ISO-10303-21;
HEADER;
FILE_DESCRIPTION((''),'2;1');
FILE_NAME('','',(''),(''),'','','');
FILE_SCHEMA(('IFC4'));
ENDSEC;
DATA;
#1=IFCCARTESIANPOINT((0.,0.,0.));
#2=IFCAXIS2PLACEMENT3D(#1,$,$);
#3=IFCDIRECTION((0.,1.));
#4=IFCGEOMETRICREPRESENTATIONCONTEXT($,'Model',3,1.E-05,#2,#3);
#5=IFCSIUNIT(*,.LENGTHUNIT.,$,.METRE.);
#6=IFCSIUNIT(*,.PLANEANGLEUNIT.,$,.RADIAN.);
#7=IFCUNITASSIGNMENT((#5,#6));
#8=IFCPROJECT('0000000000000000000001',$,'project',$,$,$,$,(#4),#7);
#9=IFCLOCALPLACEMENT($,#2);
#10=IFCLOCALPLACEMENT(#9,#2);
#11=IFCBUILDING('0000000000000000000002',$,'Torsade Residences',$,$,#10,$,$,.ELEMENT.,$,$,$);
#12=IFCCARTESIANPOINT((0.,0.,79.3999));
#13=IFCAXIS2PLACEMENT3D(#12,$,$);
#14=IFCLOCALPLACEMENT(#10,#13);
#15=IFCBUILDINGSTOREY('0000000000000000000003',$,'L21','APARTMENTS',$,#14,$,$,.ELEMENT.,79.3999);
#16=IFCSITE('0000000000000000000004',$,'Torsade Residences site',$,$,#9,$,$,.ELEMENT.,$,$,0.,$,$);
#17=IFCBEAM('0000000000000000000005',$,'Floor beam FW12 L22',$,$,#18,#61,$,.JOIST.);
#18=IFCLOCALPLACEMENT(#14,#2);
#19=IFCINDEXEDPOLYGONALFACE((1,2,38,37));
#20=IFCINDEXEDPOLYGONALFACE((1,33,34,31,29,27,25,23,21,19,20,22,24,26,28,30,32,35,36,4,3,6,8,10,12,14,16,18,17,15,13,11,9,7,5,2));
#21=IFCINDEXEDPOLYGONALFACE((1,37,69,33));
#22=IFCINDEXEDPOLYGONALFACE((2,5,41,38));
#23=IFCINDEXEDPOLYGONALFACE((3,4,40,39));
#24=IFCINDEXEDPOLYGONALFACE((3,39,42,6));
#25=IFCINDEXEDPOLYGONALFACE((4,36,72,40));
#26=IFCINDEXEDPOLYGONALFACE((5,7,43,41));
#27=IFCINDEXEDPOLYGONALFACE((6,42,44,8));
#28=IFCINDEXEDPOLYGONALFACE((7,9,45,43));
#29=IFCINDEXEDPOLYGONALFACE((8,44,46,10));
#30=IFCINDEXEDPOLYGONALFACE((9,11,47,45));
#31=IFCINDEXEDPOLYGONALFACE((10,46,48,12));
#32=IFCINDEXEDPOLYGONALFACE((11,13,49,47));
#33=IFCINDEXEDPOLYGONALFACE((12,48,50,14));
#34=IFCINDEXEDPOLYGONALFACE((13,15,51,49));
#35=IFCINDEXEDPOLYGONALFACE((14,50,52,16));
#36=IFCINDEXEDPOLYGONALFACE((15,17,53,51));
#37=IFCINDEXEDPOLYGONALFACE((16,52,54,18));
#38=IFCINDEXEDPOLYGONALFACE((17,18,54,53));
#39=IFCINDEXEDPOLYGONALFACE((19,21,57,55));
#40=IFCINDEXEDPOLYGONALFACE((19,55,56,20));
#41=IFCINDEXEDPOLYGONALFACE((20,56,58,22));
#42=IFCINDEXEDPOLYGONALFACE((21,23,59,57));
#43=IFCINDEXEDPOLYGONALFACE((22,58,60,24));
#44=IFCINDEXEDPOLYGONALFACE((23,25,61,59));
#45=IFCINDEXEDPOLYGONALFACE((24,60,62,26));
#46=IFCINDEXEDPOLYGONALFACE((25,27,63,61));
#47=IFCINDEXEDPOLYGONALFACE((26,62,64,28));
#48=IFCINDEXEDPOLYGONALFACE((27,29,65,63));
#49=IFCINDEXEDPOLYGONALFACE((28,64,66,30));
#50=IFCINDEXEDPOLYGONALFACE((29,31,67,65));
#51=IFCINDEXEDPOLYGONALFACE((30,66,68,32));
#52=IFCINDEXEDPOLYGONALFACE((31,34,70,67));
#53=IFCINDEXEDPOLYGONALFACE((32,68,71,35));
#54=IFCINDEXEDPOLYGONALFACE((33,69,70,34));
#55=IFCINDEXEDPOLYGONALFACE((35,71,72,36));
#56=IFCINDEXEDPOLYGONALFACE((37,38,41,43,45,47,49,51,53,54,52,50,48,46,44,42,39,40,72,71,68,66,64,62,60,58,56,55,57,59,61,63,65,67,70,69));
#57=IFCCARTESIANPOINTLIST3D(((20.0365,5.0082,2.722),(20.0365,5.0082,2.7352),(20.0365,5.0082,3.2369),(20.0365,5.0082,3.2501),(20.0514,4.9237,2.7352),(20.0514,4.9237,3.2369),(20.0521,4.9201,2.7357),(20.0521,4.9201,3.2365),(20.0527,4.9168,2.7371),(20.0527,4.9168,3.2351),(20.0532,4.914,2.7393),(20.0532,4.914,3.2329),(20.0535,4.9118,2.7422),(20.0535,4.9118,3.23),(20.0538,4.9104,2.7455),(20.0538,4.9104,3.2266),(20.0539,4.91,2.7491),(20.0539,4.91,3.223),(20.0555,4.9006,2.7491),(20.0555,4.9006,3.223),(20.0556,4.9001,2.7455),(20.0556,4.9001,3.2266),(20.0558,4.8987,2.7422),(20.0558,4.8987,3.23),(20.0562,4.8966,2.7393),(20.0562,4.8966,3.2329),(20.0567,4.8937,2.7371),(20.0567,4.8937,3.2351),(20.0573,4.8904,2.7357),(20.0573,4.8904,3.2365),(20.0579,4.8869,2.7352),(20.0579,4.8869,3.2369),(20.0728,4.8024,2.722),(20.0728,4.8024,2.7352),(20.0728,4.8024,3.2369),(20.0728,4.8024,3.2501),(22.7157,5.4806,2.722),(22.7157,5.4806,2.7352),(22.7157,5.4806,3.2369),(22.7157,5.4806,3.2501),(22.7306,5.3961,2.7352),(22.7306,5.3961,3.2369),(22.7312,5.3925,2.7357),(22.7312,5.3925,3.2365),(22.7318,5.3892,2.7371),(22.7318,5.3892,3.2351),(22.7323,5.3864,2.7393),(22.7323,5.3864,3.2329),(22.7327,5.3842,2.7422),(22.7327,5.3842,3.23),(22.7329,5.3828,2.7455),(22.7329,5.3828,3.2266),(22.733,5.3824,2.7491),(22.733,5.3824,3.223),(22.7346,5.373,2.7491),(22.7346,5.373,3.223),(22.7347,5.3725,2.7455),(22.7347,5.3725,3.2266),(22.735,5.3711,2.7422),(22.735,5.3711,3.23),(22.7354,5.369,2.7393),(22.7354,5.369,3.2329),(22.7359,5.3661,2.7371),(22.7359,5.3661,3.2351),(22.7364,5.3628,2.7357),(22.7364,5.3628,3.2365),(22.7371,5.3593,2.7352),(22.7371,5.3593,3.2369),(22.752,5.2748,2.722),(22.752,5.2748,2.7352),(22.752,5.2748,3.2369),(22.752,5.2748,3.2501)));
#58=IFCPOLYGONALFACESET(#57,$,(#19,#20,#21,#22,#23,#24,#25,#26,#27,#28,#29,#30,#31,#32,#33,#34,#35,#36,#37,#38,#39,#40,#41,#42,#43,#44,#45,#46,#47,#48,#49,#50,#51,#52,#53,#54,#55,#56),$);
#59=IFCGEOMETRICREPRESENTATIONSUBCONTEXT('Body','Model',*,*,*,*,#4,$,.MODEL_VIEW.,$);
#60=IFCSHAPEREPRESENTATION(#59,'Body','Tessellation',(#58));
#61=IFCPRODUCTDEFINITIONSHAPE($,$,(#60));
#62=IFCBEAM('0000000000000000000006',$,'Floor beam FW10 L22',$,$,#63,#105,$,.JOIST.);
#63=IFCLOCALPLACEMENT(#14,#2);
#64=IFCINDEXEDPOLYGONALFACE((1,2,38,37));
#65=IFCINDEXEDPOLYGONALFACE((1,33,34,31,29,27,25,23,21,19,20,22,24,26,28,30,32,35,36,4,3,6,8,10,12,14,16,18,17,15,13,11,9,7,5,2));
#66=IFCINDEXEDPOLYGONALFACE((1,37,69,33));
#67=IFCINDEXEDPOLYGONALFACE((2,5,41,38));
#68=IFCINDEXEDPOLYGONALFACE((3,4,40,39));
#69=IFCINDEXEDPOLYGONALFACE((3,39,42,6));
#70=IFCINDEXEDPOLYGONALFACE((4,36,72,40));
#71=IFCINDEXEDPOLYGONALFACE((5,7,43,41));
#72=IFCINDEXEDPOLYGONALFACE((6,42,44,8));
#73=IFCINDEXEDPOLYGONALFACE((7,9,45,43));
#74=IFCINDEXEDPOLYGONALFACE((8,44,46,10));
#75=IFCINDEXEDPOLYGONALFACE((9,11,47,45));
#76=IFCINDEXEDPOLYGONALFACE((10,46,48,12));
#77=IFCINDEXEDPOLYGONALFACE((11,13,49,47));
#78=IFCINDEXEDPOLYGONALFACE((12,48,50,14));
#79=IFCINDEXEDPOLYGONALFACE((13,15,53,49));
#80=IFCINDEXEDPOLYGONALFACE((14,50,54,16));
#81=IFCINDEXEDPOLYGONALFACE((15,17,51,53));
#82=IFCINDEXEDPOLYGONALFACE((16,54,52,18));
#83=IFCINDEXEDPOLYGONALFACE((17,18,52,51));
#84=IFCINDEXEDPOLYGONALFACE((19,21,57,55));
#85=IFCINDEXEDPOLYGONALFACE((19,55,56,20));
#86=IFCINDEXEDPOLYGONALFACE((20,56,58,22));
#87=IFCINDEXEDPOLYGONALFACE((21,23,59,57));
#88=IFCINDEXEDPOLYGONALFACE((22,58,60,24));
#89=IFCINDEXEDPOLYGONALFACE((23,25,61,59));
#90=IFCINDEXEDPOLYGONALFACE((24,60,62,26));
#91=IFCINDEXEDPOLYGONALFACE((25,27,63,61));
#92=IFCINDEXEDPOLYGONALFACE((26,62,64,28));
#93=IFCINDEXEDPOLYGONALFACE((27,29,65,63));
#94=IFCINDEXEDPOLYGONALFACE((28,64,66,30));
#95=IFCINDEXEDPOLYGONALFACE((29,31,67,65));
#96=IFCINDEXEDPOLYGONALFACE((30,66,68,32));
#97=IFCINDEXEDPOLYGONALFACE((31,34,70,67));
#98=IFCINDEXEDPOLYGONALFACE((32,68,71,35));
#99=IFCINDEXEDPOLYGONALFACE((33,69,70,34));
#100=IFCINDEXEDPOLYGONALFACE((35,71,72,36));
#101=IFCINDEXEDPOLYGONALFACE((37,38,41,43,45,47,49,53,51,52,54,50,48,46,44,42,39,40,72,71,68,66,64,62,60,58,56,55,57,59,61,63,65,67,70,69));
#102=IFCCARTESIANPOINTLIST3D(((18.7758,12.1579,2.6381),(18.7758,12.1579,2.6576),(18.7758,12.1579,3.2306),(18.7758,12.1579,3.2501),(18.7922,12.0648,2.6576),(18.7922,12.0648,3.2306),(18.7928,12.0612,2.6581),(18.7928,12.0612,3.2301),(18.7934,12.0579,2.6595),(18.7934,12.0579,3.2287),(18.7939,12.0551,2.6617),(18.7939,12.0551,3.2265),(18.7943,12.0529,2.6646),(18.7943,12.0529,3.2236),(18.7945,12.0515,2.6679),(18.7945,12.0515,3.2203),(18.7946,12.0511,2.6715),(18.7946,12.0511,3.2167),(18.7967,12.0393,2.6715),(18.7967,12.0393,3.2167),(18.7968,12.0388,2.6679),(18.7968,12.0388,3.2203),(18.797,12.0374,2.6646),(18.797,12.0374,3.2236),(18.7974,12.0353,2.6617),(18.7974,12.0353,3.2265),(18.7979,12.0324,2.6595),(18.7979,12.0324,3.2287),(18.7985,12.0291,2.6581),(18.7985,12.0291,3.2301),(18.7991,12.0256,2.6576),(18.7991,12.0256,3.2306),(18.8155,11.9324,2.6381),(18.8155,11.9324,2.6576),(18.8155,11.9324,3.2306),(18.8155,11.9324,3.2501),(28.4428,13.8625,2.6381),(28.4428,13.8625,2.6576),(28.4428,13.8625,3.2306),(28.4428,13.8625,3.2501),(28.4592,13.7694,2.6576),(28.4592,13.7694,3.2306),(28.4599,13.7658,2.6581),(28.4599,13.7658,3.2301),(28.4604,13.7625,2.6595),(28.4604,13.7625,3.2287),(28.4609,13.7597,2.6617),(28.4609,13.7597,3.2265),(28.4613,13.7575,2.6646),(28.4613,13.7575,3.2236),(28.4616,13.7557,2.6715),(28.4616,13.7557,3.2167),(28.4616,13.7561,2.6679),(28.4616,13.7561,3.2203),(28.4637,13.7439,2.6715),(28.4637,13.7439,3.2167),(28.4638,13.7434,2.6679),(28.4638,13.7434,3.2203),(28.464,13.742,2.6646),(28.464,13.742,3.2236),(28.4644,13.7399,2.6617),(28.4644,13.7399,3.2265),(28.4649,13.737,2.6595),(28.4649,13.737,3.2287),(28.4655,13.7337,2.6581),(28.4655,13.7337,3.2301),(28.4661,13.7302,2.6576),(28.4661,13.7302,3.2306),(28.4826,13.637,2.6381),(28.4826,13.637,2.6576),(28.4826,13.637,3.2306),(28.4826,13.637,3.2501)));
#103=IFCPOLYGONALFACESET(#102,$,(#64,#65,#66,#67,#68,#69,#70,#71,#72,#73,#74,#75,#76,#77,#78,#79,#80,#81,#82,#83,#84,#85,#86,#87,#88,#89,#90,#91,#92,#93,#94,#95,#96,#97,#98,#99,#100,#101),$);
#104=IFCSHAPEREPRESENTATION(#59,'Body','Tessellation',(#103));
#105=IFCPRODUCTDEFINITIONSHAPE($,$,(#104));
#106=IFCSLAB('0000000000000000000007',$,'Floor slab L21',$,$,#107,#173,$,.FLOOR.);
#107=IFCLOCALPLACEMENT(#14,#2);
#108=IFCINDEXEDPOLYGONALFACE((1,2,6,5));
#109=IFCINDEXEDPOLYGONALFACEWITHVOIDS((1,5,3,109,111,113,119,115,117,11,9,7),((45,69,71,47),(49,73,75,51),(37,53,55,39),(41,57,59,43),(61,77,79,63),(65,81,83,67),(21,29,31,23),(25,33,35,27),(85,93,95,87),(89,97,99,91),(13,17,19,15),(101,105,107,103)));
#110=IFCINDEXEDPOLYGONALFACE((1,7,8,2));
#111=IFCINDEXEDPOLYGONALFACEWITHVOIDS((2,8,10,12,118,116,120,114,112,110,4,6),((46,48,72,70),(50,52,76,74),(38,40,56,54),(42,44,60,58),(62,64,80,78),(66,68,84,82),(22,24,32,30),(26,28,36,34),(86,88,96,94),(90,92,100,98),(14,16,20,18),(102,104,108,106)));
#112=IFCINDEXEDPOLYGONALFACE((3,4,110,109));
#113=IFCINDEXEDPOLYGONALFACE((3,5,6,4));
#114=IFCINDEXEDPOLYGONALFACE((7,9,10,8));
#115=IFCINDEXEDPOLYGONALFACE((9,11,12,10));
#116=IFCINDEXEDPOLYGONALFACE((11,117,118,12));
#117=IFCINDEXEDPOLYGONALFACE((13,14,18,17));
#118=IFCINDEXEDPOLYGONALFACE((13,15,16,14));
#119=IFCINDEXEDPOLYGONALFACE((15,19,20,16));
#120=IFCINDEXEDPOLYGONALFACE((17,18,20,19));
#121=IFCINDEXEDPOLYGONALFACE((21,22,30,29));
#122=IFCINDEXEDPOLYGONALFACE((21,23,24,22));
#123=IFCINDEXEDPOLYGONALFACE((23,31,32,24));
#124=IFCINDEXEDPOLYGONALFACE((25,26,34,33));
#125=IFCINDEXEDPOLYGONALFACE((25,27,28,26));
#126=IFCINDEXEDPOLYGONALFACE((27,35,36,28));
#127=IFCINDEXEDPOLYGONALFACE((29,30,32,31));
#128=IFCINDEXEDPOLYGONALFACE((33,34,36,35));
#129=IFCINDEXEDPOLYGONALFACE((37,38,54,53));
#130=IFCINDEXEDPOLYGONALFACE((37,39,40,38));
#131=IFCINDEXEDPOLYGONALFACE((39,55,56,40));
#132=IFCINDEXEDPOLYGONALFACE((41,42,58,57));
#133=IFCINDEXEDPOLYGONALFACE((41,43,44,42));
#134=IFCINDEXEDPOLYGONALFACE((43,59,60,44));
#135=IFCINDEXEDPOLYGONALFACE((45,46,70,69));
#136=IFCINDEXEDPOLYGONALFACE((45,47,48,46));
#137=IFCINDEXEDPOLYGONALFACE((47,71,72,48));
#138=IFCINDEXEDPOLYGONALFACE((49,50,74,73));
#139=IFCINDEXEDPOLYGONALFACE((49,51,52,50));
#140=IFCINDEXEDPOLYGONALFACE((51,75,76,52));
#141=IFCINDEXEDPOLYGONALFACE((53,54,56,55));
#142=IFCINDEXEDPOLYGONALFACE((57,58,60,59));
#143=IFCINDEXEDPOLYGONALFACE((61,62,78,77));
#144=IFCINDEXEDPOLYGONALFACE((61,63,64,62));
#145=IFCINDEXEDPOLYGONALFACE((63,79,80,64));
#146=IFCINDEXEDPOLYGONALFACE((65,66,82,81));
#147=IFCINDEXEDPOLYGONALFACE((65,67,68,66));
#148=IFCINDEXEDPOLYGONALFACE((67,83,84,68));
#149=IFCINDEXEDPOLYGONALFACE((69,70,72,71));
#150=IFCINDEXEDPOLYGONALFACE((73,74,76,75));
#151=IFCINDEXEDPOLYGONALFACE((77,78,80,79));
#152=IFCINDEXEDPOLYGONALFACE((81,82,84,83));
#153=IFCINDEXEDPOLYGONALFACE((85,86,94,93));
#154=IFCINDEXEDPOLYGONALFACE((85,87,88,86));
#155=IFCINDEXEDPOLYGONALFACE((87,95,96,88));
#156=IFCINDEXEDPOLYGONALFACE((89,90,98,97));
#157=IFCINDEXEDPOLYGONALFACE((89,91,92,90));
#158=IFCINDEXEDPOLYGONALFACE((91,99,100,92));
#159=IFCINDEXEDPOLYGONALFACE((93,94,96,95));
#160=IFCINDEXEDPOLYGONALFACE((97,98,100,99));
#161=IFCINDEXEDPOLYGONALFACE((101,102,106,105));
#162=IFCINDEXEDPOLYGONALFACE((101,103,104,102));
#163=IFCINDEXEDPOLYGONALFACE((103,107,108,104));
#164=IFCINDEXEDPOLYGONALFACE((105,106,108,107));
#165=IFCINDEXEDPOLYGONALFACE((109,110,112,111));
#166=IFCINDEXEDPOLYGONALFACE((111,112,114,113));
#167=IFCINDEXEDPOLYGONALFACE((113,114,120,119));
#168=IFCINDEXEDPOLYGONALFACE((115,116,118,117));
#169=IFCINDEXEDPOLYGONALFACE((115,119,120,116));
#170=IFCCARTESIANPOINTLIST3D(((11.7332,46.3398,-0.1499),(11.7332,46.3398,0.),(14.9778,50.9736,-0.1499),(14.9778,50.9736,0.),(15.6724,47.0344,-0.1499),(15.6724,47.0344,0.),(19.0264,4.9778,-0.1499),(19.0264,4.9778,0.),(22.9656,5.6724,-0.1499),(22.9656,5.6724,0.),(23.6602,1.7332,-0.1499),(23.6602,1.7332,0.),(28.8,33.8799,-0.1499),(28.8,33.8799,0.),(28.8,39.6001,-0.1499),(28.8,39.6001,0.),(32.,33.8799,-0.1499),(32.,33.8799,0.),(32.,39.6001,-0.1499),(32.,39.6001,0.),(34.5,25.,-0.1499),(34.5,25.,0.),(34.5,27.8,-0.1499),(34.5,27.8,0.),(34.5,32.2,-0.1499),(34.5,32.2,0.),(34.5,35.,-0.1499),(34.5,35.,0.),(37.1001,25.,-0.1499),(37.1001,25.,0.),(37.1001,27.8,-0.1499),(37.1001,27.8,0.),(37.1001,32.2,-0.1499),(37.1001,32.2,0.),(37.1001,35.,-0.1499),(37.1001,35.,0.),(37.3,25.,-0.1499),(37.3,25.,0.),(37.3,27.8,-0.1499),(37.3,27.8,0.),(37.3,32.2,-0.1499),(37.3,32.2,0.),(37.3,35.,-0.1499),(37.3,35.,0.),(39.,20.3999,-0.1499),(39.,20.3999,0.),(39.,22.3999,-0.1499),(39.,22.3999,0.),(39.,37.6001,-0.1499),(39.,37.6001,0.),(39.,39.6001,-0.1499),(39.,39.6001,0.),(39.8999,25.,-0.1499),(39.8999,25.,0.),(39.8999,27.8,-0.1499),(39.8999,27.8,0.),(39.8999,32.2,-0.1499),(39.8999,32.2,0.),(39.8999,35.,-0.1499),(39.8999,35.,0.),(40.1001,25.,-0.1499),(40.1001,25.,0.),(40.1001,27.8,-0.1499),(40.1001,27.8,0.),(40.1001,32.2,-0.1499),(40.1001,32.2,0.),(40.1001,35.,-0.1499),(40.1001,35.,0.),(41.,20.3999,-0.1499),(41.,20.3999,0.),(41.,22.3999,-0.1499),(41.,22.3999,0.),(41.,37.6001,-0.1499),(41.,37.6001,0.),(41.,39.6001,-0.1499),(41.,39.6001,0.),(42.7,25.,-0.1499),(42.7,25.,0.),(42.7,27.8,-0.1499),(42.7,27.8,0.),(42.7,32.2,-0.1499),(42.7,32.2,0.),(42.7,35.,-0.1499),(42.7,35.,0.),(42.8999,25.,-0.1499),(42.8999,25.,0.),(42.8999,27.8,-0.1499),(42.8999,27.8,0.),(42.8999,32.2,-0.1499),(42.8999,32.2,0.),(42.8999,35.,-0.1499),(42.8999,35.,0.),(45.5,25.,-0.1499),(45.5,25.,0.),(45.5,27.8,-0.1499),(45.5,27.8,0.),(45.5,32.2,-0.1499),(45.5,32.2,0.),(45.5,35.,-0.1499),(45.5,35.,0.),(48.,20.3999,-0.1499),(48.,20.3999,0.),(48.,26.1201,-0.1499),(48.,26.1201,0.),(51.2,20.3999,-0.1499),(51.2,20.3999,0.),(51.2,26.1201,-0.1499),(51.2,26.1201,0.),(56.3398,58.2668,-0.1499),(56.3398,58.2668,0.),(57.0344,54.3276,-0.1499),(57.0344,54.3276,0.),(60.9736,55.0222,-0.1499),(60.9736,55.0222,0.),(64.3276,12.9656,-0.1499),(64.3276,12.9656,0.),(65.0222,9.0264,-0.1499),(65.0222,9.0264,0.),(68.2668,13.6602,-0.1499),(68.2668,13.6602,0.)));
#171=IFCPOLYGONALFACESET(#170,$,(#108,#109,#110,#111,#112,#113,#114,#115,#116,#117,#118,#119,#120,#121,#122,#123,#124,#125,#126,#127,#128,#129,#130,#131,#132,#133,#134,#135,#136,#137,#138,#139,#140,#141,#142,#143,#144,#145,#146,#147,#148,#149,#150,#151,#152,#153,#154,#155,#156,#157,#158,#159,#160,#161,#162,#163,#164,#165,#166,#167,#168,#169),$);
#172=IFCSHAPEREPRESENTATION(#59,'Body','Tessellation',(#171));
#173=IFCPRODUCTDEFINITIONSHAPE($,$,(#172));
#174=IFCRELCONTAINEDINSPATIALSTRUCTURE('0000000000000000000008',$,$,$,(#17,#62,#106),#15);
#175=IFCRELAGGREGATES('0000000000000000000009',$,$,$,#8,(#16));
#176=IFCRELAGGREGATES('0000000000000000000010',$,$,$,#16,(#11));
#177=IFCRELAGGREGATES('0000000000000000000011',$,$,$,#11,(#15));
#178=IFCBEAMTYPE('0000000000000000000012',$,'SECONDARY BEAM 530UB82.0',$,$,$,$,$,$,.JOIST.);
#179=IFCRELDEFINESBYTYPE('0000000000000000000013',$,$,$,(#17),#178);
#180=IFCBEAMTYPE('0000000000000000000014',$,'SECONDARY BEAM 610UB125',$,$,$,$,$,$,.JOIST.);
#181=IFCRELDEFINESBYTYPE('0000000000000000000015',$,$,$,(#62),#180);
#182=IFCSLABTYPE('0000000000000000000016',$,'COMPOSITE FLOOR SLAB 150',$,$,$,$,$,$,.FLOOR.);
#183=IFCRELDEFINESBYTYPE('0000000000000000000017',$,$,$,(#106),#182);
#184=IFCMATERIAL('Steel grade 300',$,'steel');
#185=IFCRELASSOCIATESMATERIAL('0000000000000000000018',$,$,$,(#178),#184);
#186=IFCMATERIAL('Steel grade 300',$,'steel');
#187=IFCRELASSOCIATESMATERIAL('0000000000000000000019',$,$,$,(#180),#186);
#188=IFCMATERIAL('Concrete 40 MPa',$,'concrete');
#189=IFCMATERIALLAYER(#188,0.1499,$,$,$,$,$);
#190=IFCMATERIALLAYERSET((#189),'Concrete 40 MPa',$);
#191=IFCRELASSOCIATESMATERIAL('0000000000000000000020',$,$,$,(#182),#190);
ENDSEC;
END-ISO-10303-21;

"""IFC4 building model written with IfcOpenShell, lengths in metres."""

from ifc_helpers import new_model, si_unit, direction, frame, origin, origin_2d, place, context, subcontext, project, spatial, polyline, i_section, outline, extrude, material, layer, layer_set, material_profile, profile_set, type_object, element, save


model = new_model("IFC4")

# Units and contexts
model_context = context("Model", 3, precision=1e-05, world=origin(), true_north=direction((0.0, 1.0)))
body_context = subcontext(model_context, "Body", "Model", "MODEL_VIEW")
ifc_project = project(units=[si_unit("LENGTHUNIT", "METRE"), si_unit("PLANEANGLEUNIT", "RADIAN")], contexts=[model_context])

# Site, building, storey
site_placement = place(None, origin())
site = spatial("IfcSite", under=ifc_project, at=site_placement, Name="Torsade Residences site", CompositionType="ELEMENT", RefElevation=0.0)
building_placement = place(site_placement, origin())
building = spatial("IfcBuilding", under=site, at=building_placement, Name="Torsade Residences", CompositionType="ELEMENT")
storey_placement = place(building_placement, frame((0.0, 0.0, 79.3999)))
storey = spatial("IfcBuildingStorey", under=building, at=storey_placement, Name="L21", Description="APARTMENTS", CompositionType="ELEMENT", Elevation=79.3999)

# Beams
ifc_material_1 = material(Name="Steel grade 300", Category="steel")
ifc_material_profile_1 = material_profile(ifc_material_1, i_section(OverallWidth=0.209, OverallDepth=0.5281, WebThickness=0.0095, FlangeThickness=0.0132, FilletRadius=0.0139, at=origin_2d()), Name="530UB82.0")
ifc_profile_set_1 = profile_set([ifc_material_profile_1], Name="Steel grade 300")
beam_type_1 = type_object("IfcBeamType", Name="SECONDARY BEAM 530UB82.0", PredefinedType="JOIST", material=ifc_profile_set_1)
beam_1_placement = place(storey_placement, frame((20.0547, 4.9053, 2.9861), z_axis=(0.984808, 0.173647, 0.0), x_axis=(-0.173647, 0.984808, 0.0)))
element("IfcBeam", 1, at=beam_1_placement, inside=storey, type_object=beam_type_1, Name="Floor beam FW12 L22", PredefinedType="JOIST", context=body_context, shape_type="SweptSolid", body=[
    extrude(i_section(OverallWidth=0.209, OverallDepth=0.5281, WebThickness=0.0095, FlangeThickness=0.0132, FilletRadius=0.0139, at=origin_2d()), origin(), (0.0, 0.0, 1.0), 2.7205),
])
ifc_material_2 = material(Name="Steel grade 300", Category="steel")
ifc_material_profile_2 = material_profile(ifc_material_2, i_section(OverallWidth=0.229, OverallDepth=0.6121, WebThickness=0.012, FlangeThickness=0.0195, FilletRadius=0.0139, at=origin_2d()), Name="610UB125")
ifc_profile_set_2 = profile_set([ifc_material_profile_2], Name="Steel grade 300")
beam_type_2 = type_object("IfcBeamType", Name="SECONDARY BEAM 610UB125", PredefinedType="JOIST", material=ifc_profile_set_2)
beam_2_placement = place(storey_placement, frame((18.7957, 12.0452, 2.9441), z_axis=(0.984807, 0.173652, 0.0), x_axis=(-0.173652, 0.984807, 0.0)))
element("IfcBeam", 2, at=beam_2_placement, inside=storey, type_object=beam_type_2, Name="Floor beam FW10 L22", PredefinedType="JOIST", context=body_context, shape_type="SweptSolid", body=[
    extrude(i_section(OverallWidth=0.229, OverallDepth=0.6121, WebThickness=0.012, FlangeThickness=0.0195, FilletRadius=0.0139, at=origin_2d()), origin(), (0.0, 0.0, 1.0), 9.8162),
])

# Slab
ifc_material_3 = material(Name="Concrete 40 MPa", Category="concrete")
ifc_layer_1 = layer(ifc_material_3, 0.1499)
ifc_layer_set_1 = layer_set([ifc_layer_1], Name="Concrete 40 MPa")
slab_type_1 = type_object("IfcSlabType", Name="COMPOSITE FLOOR SLAB 150", PredefinedType="FLOOR", material=ifc_layer_set_1)
slab_1_placement = place(storey_placement, frame((0.0, 0.0, -0.1499)))
element("IfcSlab", 3, at=slab_1_placement, inside=storey, type_object=slab_type_1, Name="Floor slab L21", PredefinedType="FLOOR", context=body_context, shape_type="SweptSolid", body=[
    extrude(outline(polyline([(23.6602, 1.7332), (65.0222, 9.0264), (64.3276, 12.9656), (68.2668, 13.6602), (60.9736, 55.0222), (57.0344, 54.3276), (56.3398, 58.2668), (14.9778, 50.9736), (15.6724, 47.0344), (11.7332, 46.3398), (19.0264, 4.9778), (22.9656, 5.6724), (23.6602, 1.7332)]), holes=[polyline([(51.2, 20.3999), (51.2, 26.1201), (48.0, 26.1201), (48.0, 20.3999), (51.2, 20.3999)]), polyline([(45.5, 27.8), (42.8999, 27.8), (42.8999, 25.0), (45.5, 25.0), (45.5, 27.8)]), polyline([(45.5, 32.2), (45.5, 35.0), (42.8999, 35.0), (42.8999, 32.2), (45.5, 32.2)]), polyline([(42.7, 25.0), (42.7, 27.8), (40.1001, 27.8), (40.1001, 25.0), (42.7, 25.0)]), polyline([(42.7, 32.2), (42.7, 35.0), (40.1001, 35.0), (40.1001, 32.2), (42.7, 32.2)]), polyline([(41.0, 22.3999), (39.0, 22.3999), (39.0, 20.3999), (41.0, 20.3999), (41.0, 22.3999)]), polyline([(41.0, 37.6001), (41.0, 39.6001), (39.0, 39.6001), (39.0, 37.6001), (41.0, 37.6001)]), polyline([(39.8999, 25.0), (39.8999, 27.8), (37.3, 27.8), (37.3, 25.0), (39.8999, 25.0)]), polyline([(39.8999, 35.0), (37.3, 35.0), (37.3, 32.2), (39.8999, 32.2), (39.8999, 35.0)]), polyline([(37.1001, 27.8), (34.5, 27.8), (34.5, 25.0), (37.1001, 25.0), (37.1001, 27.8)]), polyline([(37.1001, 32.2), (37.1001, 35.0), (34.5, 35.0), (34.5, 32.2), (37.1001, 32.2)]), polyline([(32.0, 33.8799), (32.0, 39.6001), (28.8, 39.6001), (28.8, 33.8799), (32.0, 33.8799)])]), origin(), (0.0, 0.0, 1.0), 0.1499),
])

save(model, "model.ifc")
